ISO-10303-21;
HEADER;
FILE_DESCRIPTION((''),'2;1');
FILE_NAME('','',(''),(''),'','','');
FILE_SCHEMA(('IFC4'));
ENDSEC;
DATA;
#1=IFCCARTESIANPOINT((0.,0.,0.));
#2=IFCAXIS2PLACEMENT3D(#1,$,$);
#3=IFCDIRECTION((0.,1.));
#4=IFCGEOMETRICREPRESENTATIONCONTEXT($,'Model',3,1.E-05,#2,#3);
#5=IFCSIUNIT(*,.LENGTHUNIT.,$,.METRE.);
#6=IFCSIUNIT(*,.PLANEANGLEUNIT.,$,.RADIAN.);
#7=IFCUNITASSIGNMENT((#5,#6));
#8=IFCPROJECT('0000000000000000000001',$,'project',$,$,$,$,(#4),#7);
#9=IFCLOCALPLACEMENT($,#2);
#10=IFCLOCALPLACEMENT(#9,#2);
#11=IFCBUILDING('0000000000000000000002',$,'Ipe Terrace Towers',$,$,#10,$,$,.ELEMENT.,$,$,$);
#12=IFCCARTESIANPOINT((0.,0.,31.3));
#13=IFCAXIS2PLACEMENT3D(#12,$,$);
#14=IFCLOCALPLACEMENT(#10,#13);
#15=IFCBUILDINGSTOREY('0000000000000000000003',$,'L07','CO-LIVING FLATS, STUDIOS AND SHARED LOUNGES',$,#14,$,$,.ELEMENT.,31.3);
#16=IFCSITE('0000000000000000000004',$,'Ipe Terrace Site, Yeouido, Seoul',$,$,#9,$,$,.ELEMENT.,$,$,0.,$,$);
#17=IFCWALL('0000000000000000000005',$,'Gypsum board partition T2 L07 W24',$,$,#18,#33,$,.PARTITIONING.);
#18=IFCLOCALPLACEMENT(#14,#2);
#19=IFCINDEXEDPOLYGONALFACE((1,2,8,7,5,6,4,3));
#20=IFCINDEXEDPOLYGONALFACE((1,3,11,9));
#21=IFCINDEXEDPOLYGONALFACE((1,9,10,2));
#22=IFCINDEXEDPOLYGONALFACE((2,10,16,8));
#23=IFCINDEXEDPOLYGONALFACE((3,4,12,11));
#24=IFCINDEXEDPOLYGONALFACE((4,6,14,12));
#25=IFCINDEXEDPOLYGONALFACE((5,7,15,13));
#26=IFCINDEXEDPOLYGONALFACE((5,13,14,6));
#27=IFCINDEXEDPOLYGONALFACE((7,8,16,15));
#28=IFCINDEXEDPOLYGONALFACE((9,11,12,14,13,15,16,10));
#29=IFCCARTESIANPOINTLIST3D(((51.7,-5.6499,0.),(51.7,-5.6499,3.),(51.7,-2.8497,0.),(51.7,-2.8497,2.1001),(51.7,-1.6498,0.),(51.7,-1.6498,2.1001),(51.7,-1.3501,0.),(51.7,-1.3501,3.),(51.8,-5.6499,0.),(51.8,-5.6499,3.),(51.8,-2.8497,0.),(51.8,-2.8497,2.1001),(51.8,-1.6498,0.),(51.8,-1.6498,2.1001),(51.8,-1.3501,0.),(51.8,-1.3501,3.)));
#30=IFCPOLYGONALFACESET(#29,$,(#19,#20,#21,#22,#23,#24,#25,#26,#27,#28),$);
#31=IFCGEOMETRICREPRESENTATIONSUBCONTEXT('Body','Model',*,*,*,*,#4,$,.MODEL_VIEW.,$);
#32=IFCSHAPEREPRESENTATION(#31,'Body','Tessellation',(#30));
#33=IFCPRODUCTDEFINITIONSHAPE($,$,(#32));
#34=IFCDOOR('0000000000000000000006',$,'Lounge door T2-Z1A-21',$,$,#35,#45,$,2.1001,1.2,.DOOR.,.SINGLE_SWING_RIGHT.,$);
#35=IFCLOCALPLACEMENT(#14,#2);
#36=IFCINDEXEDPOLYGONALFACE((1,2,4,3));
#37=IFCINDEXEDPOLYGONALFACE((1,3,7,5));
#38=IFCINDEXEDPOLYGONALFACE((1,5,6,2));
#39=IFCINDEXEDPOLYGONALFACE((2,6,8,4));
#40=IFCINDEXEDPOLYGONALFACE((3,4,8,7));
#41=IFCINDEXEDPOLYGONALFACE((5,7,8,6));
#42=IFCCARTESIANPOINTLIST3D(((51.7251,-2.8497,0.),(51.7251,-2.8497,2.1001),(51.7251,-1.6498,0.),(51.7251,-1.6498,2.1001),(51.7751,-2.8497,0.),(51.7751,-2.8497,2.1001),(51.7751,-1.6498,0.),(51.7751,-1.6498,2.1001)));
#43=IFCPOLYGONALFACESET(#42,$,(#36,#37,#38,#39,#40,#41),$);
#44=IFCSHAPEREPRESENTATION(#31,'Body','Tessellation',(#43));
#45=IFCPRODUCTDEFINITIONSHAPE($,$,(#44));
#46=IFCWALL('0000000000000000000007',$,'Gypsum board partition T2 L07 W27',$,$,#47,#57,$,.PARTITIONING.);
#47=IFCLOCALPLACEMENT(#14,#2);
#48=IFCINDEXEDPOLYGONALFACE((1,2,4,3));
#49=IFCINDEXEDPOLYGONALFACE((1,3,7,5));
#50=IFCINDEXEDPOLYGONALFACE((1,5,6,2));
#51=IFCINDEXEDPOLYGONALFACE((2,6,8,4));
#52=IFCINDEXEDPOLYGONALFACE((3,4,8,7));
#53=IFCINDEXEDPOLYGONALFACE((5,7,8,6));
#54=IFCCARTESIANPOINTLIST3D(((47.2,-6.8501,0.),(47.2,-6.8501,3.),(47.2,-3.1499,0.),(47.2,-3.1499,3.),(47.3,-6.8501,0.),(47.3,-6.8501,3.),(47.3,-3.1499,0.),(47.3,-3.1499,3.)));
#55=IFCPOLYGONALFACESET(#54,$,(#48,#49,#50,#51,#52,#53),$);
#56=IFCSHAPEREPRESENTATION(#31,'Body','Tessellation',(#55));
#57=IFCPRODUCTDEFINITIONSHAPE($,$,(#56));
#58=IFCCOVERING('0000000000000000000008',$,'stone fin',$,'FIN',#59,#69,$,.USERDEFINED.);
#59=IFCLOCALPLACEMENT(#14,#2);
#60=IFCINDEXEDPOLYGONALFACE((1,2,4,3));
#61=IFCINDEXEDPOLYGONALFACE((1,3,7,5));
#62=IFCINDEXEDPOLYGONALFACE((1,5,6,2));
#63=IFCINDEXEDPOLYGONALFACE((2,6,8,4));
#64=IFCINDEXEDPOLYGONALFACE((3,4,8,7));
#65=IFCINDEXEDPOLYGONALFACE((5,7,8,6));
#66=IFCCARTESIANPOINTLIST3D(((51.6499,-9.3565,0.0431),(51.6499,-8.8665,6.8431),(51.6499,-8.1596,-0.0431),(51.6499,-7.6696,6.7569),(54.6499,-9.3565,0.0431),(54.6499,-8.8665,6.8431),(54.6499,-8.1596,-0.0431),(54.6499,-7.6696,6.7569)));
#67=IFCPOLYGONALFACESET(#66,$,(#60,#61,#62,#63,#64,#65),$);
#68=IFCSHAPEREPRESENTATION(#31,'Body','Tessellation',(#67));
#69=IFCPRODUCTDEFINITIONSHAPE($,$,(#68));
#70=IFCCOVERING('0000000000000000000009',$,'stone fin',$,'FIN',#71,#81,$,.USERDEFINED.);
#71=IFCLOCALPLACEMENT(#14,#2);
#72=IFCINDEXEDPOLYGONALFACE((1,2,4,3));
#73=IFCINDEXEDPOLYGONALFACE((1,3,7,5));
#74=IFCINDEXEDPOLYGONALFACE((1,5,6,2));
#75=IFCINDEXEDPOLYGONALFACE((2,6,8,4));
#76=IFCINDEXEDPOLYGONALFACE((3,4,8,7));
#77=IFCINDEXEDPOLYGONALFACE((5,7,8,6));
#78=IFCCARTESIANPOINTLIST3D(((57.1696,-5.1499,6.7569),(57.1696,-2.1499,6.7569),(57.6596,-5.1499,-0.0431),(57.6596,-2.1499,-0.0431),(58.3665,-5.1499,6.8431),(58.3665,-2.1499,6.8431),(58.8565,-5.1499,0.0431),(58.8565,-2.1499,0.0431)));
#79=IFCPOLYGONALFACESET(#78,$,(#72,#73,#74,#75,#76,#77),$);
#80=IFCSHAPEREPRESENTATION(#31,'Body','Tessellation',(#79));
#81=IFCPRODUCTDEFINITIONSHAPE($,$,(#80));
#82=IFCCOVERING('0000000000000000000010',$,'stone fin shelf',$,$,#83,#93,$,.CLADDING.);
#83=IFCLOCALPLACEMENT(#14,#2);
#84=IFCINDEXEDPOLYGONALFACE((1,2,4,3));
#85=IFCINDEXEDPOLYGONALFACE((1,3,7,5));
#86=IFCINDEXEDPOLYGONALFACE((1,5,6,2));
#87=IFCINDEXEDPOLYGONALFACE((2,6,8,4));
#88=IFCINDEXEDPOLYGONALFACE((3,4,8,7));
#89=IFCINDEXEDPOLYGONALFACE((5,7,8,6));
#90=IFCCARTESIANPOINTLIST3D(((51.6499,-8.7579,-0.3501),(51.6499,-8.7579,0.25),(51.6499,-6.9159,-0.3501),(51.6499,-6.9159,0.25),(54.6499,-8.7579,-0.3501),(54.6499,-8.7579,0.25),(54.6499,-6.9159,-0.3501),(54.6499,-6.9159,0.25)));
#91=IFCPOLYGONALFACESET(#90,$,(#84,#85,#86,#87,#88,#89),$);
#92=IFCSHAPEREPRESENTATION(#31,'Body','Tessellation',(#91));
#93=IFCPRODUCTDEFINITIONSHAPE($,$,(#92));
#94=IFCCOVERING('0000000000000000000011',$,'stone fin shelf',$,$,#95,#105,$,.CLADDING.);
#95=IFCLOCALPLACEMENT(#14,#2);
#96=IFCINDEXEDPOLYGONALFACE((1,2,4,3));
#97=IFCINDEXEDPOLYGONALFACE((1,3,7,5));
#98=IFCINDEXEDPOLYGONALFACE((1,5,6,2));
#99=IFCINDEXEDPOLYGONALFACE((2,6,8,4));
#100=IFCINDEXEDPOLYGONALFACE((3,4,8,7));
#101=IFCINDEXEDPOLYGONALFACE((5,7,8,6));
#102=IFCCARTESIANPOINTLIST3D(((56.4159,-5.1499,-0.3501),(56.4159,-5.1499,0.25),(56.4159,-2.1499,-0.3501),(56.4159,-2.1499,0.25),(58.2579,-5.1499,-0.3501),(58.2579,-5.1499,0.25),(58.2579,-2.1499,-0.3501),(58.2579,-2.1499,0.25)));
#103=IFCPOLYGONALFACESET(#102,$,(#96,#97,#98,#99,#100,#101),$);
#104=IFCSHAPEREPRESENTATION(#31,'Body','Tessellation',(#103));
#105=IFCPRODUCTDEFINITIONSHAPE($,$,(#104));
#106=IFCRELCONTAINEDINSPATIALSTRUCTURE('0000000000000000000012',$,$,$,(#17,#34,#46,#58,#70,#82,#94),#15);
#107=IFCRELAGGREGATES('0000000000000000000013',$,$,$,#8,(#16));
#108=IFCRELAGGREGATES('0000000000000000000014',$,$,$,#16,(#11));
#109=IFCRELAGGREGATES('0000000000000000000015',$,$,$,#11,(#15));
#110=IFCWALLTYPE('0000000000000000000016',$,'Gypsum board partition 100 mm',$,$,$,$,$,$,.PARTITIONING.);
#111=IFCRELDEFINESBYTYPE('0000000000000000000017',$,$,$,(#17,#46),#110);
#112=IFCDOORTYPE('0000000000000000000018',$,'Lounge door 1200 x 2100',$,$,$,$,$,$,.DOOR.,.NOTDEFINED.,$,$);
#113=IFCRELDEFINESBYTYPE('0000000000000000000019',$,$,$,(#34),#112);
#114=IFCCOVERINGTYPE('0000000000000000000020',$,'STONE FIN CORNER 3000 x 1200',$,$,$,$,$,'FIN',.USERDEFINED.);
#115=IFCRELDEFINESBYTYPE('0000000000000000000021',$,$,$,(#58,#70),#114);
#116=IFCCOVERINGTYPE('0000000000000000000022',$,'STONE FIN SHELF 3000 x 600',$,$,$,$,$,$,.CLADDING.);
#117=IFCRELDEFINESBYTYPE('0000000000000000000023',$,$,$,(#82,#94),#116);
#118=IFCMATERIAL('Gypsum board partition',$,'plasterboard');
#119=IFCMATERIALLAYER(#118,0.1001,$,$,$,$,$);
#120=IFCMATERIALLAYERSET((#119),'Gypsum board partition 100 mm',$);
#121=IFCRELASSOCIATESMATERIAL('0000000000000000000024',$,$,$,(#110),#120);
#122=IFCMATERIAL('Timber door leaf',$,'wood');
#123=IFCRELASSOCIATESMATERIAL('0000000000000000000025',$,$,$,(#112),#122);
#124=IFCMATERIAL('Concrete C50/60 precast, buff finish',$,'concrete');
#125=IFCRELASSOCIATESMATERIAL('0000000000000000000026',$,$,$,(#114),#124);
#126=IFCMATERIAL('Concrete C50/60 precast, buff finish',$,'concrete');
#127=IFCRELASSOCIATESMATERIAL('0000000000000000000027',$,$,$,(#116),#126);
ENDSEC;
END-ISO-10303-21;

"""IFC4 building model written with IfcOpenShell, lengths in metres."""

from ifc_helpers import new_model, si_unit, direction, frame, frame_2d, origin, origin_2d, place, context, subcontext, project, spatial, rectangle, extrude, material, layer, layer_set, material_profile, profile_set, type_object, element, fill, save


model = new_model("IFC4")

# Units and contexts
model_context = context("Model", 3, precision=1e-05, world=origin(), true_north=direction((0.0, 1.0)))
body_context = subcontext(model_context, "Body", "Model", "MODEL_VIEW")
ifc_project = project(units=[si_unit("LENGTHUNIT", "METRE"), si_unit("PLANEANGLEUNIT", "RADIAN")], contexts=[model_context])

# Site, building, storey
site_placement = place(None, origin())
site = spatial("IfcSite", under=ifc_project, at=site_placement, Name="Ipe Terrace Site, Yeouido, Seoul", CompositionType="ELEMENT", RefElevation=0.0)
building_placement = place(site_placement, origin())
building = spatial("IfcBuilding", under=site, at=building_placement, Name="Ipe Terrace Towers", CompositionType="ELEMENT")
storey_placement = place(building_placement, frame((0.0, 0.0, 31.3)))
storey = spatial("IfcBuildingStorey", under=building, at=storey_placement, Name="L07", Description="CO-LIVING FLATS, STUDIOS AND SHARED LOUNGES", CompositionType="ELEMENT", Elevation=31.3)

# Shared definitions
ifc_material_1 = material(Name="Gypsum board partition", Category="plasterboard")
ifc_layer_1 = layer(ifc_material_1, 0.1001)
ifc_layer_set_1 = layer_set([ifc_layer_1], Name="Gypsum board partition 100 mm")
wall_type_1 = type_object("IfcWallType", Name="Gypsum board partition 100 mm", PredefinedType="PARTITIONING", material=ifc_layer_set_1)

# Wall, opening, door
wall_1_placement = place(storey_placement, frame((51.75, -5.6499, 0.0), z_axis=(0.0, 0.0, 1.0), x_axis=(0.0, 1.0, 0.0)))
wall_1 = element("IfcWall", 1, at=wall_1_placement, inside=storey, type_object=wall_type_1, Name="Gypsum board partition T2 L07 W24", PredefinedType="PARTITIONING", context=body_context, shape_type="SweptSolid", body=[
    extrude(rectangle(XDim=4.2998, YDim=0.1001, at=frame_2d((2.1499, 0.0))), origin(), (0.0, 0.0, 1.0), 3.0),
])
opening_1_placement = place(wall_1_placement, frame((2.8, 0.0, 0.0)))
opening_1 = element("IfcOpeningElement", 2, at=opening_1_placement, cuts=wall_1, PredefinedType="OPENING", context=body_context, shape_type="SweptSolid", body=[
    extrude(rectangle(XDim=1.2, YDim=2.1001, at=frame_2d((0.6001, 1.05))), frame((0.0, 0.0601, 0.0), z_axis=(0.0, -1.0, 0.0), x_axis=(1.0, 0.0, 0.0)), (0.0, 0.0, 1.0), 0.1201),
])
ifc_material_2 = material(Name="Timber door leaf", Category="wood")
door_type_1 = type_object("IfcDoorType", Name="Lounge door 1200 x 2100", OperationType="NOTDEFINED", PredefinedType="DOOR", material=ifc_material_2)
door_1_placement = place(opening_1_placement, origin())
door_1 = element("IfcDoor", 3, at=door_1_placement, inside=storey, type_object=door_type_1, Name="Lounge door T2-Z1A-21", OperationType="SINGLE_SWING_RIGHT", OverallHeight=2.1001, OverallWidth=1.2, PredefinedType="DOOR", context=body_context, shape_type="SweptSolid", body=[
    extrude(rectangle(XDim=1.2, YDim=2.1001, at=frame_2d((0.6001, 1.05))), frame((0.0, 0.0249, 0.0), z_axis=(0.0, -1.0, 0.0), x_axis=(1.0, 0.0, 0.0)), (0.0, 0.0, 1.0), 0.05),
])
fill(opening_1, door_1)

# Wall
wall_2_placement = place(storey_placement, frame((47.25, -6.8501, 0.0), z_axis=(0.0, 0.0, 1.0), x_axis=(0.0, 1.0, 0.0)))
element("IfcWall", 4, at=wall_2_placement, inside=storey, type_object=wall_type_1, Name="Gypsum board partition T2 L07 W27", PredefinedType="PARTITIONING", context=body_context, shape_type="SweptSolid", body=[
    extrude(rectangle(XDim=3.7002, YDim=0.1001, at=frame_2d((1.8501, 0.0))), origin(), (0.0, 0.0, 1.0), 3.0),
])

# Coverings
ifc_material_3 = material(Name="Concrete C50/60 precast, buff finish", Category="concrete")
ifc_material_profile_1 = material_profile(ifc_material_3, rectangle(XDim=3.0, YDim=1.2, at=origin_2d()), Name="STONE FIN CORNER 3000 x 1200")
ifc_profile_set_1 = profile_set([ifc_material_profile_1], Name="Concrete C50/60 precast, buff finish")
covering_type_1 = type_object("IfcCoveringType", Name="STONE FIN CORNER 3000 x 1200", ElementType="FIN", PredefinedType="USERDEFINED", material=ifc_profile_set_1)
for number, where, z_axis, x_axis, name in (
    (5, (53.1499, -8.7581, 0.0), (0.0, 0.071871, 0.997414), (1.0, 0.0, 0.0), "stone fin"),
    (6, (58.2581, -3.6499, 0.0), (-0.071871, 0.0, 0.997414), (0.0, 1.0, 0.0), "stone fin"),
):
    element("IfcCovering", number, at=place(storey_placement, frame(where, z_axis=z_axis, x_axis=x_axis)), inside=storey, type_object=covering_type_1, Name=name, ObjectType="FIN", PredefinedType="USERDEFINED", context=body_context, shape_type="SweptSolid", body=[
        extrude(rectangle(XDim=3.0, YDim=1.2, at=origin_2d()), origin(), (0.0, 0.0, 1.0), 6.8176),
    ])
ifc_material_4 = material(Name="Concrete C50/60 precast, buff finish", Category="concrete")
covering_type_2 = type_object("IfcCoveringType", Name="STONE FIN SHELF 3000 x 600", PredefinedType="CLADDING", material=ifc_material_4)
for number, where, z_axis, x_axis, name in (
    (7, (53.1499, -7.8369, -0.3501), (0.0, 0.0, 1.0), (1.0, 0.0, 0.0), "stone fin shelf"),
    (8, (57.3369, -3.6499, -0.3501), (0.0, 0.0, 1.0), (0.0, 1.0, 0.0), "stone fin shelf"),
):
    element("IfcCovering", number, at=place(storey_placement, frame(where, z_axis=z_axis, x_axis=x_axis)), inside=storey, type_object=covering_type_2, Name=name, PredefinedType="CLADDING", context=body_context, shape_type="SweptSolid", body=[
        extrude(rectangle(XDim=3.0, YDim=1.842, at=origin_2d()), origin(), (0.0, 0.0, 1.0), 0.6001),
    ])

save(model, "model.ifc")
